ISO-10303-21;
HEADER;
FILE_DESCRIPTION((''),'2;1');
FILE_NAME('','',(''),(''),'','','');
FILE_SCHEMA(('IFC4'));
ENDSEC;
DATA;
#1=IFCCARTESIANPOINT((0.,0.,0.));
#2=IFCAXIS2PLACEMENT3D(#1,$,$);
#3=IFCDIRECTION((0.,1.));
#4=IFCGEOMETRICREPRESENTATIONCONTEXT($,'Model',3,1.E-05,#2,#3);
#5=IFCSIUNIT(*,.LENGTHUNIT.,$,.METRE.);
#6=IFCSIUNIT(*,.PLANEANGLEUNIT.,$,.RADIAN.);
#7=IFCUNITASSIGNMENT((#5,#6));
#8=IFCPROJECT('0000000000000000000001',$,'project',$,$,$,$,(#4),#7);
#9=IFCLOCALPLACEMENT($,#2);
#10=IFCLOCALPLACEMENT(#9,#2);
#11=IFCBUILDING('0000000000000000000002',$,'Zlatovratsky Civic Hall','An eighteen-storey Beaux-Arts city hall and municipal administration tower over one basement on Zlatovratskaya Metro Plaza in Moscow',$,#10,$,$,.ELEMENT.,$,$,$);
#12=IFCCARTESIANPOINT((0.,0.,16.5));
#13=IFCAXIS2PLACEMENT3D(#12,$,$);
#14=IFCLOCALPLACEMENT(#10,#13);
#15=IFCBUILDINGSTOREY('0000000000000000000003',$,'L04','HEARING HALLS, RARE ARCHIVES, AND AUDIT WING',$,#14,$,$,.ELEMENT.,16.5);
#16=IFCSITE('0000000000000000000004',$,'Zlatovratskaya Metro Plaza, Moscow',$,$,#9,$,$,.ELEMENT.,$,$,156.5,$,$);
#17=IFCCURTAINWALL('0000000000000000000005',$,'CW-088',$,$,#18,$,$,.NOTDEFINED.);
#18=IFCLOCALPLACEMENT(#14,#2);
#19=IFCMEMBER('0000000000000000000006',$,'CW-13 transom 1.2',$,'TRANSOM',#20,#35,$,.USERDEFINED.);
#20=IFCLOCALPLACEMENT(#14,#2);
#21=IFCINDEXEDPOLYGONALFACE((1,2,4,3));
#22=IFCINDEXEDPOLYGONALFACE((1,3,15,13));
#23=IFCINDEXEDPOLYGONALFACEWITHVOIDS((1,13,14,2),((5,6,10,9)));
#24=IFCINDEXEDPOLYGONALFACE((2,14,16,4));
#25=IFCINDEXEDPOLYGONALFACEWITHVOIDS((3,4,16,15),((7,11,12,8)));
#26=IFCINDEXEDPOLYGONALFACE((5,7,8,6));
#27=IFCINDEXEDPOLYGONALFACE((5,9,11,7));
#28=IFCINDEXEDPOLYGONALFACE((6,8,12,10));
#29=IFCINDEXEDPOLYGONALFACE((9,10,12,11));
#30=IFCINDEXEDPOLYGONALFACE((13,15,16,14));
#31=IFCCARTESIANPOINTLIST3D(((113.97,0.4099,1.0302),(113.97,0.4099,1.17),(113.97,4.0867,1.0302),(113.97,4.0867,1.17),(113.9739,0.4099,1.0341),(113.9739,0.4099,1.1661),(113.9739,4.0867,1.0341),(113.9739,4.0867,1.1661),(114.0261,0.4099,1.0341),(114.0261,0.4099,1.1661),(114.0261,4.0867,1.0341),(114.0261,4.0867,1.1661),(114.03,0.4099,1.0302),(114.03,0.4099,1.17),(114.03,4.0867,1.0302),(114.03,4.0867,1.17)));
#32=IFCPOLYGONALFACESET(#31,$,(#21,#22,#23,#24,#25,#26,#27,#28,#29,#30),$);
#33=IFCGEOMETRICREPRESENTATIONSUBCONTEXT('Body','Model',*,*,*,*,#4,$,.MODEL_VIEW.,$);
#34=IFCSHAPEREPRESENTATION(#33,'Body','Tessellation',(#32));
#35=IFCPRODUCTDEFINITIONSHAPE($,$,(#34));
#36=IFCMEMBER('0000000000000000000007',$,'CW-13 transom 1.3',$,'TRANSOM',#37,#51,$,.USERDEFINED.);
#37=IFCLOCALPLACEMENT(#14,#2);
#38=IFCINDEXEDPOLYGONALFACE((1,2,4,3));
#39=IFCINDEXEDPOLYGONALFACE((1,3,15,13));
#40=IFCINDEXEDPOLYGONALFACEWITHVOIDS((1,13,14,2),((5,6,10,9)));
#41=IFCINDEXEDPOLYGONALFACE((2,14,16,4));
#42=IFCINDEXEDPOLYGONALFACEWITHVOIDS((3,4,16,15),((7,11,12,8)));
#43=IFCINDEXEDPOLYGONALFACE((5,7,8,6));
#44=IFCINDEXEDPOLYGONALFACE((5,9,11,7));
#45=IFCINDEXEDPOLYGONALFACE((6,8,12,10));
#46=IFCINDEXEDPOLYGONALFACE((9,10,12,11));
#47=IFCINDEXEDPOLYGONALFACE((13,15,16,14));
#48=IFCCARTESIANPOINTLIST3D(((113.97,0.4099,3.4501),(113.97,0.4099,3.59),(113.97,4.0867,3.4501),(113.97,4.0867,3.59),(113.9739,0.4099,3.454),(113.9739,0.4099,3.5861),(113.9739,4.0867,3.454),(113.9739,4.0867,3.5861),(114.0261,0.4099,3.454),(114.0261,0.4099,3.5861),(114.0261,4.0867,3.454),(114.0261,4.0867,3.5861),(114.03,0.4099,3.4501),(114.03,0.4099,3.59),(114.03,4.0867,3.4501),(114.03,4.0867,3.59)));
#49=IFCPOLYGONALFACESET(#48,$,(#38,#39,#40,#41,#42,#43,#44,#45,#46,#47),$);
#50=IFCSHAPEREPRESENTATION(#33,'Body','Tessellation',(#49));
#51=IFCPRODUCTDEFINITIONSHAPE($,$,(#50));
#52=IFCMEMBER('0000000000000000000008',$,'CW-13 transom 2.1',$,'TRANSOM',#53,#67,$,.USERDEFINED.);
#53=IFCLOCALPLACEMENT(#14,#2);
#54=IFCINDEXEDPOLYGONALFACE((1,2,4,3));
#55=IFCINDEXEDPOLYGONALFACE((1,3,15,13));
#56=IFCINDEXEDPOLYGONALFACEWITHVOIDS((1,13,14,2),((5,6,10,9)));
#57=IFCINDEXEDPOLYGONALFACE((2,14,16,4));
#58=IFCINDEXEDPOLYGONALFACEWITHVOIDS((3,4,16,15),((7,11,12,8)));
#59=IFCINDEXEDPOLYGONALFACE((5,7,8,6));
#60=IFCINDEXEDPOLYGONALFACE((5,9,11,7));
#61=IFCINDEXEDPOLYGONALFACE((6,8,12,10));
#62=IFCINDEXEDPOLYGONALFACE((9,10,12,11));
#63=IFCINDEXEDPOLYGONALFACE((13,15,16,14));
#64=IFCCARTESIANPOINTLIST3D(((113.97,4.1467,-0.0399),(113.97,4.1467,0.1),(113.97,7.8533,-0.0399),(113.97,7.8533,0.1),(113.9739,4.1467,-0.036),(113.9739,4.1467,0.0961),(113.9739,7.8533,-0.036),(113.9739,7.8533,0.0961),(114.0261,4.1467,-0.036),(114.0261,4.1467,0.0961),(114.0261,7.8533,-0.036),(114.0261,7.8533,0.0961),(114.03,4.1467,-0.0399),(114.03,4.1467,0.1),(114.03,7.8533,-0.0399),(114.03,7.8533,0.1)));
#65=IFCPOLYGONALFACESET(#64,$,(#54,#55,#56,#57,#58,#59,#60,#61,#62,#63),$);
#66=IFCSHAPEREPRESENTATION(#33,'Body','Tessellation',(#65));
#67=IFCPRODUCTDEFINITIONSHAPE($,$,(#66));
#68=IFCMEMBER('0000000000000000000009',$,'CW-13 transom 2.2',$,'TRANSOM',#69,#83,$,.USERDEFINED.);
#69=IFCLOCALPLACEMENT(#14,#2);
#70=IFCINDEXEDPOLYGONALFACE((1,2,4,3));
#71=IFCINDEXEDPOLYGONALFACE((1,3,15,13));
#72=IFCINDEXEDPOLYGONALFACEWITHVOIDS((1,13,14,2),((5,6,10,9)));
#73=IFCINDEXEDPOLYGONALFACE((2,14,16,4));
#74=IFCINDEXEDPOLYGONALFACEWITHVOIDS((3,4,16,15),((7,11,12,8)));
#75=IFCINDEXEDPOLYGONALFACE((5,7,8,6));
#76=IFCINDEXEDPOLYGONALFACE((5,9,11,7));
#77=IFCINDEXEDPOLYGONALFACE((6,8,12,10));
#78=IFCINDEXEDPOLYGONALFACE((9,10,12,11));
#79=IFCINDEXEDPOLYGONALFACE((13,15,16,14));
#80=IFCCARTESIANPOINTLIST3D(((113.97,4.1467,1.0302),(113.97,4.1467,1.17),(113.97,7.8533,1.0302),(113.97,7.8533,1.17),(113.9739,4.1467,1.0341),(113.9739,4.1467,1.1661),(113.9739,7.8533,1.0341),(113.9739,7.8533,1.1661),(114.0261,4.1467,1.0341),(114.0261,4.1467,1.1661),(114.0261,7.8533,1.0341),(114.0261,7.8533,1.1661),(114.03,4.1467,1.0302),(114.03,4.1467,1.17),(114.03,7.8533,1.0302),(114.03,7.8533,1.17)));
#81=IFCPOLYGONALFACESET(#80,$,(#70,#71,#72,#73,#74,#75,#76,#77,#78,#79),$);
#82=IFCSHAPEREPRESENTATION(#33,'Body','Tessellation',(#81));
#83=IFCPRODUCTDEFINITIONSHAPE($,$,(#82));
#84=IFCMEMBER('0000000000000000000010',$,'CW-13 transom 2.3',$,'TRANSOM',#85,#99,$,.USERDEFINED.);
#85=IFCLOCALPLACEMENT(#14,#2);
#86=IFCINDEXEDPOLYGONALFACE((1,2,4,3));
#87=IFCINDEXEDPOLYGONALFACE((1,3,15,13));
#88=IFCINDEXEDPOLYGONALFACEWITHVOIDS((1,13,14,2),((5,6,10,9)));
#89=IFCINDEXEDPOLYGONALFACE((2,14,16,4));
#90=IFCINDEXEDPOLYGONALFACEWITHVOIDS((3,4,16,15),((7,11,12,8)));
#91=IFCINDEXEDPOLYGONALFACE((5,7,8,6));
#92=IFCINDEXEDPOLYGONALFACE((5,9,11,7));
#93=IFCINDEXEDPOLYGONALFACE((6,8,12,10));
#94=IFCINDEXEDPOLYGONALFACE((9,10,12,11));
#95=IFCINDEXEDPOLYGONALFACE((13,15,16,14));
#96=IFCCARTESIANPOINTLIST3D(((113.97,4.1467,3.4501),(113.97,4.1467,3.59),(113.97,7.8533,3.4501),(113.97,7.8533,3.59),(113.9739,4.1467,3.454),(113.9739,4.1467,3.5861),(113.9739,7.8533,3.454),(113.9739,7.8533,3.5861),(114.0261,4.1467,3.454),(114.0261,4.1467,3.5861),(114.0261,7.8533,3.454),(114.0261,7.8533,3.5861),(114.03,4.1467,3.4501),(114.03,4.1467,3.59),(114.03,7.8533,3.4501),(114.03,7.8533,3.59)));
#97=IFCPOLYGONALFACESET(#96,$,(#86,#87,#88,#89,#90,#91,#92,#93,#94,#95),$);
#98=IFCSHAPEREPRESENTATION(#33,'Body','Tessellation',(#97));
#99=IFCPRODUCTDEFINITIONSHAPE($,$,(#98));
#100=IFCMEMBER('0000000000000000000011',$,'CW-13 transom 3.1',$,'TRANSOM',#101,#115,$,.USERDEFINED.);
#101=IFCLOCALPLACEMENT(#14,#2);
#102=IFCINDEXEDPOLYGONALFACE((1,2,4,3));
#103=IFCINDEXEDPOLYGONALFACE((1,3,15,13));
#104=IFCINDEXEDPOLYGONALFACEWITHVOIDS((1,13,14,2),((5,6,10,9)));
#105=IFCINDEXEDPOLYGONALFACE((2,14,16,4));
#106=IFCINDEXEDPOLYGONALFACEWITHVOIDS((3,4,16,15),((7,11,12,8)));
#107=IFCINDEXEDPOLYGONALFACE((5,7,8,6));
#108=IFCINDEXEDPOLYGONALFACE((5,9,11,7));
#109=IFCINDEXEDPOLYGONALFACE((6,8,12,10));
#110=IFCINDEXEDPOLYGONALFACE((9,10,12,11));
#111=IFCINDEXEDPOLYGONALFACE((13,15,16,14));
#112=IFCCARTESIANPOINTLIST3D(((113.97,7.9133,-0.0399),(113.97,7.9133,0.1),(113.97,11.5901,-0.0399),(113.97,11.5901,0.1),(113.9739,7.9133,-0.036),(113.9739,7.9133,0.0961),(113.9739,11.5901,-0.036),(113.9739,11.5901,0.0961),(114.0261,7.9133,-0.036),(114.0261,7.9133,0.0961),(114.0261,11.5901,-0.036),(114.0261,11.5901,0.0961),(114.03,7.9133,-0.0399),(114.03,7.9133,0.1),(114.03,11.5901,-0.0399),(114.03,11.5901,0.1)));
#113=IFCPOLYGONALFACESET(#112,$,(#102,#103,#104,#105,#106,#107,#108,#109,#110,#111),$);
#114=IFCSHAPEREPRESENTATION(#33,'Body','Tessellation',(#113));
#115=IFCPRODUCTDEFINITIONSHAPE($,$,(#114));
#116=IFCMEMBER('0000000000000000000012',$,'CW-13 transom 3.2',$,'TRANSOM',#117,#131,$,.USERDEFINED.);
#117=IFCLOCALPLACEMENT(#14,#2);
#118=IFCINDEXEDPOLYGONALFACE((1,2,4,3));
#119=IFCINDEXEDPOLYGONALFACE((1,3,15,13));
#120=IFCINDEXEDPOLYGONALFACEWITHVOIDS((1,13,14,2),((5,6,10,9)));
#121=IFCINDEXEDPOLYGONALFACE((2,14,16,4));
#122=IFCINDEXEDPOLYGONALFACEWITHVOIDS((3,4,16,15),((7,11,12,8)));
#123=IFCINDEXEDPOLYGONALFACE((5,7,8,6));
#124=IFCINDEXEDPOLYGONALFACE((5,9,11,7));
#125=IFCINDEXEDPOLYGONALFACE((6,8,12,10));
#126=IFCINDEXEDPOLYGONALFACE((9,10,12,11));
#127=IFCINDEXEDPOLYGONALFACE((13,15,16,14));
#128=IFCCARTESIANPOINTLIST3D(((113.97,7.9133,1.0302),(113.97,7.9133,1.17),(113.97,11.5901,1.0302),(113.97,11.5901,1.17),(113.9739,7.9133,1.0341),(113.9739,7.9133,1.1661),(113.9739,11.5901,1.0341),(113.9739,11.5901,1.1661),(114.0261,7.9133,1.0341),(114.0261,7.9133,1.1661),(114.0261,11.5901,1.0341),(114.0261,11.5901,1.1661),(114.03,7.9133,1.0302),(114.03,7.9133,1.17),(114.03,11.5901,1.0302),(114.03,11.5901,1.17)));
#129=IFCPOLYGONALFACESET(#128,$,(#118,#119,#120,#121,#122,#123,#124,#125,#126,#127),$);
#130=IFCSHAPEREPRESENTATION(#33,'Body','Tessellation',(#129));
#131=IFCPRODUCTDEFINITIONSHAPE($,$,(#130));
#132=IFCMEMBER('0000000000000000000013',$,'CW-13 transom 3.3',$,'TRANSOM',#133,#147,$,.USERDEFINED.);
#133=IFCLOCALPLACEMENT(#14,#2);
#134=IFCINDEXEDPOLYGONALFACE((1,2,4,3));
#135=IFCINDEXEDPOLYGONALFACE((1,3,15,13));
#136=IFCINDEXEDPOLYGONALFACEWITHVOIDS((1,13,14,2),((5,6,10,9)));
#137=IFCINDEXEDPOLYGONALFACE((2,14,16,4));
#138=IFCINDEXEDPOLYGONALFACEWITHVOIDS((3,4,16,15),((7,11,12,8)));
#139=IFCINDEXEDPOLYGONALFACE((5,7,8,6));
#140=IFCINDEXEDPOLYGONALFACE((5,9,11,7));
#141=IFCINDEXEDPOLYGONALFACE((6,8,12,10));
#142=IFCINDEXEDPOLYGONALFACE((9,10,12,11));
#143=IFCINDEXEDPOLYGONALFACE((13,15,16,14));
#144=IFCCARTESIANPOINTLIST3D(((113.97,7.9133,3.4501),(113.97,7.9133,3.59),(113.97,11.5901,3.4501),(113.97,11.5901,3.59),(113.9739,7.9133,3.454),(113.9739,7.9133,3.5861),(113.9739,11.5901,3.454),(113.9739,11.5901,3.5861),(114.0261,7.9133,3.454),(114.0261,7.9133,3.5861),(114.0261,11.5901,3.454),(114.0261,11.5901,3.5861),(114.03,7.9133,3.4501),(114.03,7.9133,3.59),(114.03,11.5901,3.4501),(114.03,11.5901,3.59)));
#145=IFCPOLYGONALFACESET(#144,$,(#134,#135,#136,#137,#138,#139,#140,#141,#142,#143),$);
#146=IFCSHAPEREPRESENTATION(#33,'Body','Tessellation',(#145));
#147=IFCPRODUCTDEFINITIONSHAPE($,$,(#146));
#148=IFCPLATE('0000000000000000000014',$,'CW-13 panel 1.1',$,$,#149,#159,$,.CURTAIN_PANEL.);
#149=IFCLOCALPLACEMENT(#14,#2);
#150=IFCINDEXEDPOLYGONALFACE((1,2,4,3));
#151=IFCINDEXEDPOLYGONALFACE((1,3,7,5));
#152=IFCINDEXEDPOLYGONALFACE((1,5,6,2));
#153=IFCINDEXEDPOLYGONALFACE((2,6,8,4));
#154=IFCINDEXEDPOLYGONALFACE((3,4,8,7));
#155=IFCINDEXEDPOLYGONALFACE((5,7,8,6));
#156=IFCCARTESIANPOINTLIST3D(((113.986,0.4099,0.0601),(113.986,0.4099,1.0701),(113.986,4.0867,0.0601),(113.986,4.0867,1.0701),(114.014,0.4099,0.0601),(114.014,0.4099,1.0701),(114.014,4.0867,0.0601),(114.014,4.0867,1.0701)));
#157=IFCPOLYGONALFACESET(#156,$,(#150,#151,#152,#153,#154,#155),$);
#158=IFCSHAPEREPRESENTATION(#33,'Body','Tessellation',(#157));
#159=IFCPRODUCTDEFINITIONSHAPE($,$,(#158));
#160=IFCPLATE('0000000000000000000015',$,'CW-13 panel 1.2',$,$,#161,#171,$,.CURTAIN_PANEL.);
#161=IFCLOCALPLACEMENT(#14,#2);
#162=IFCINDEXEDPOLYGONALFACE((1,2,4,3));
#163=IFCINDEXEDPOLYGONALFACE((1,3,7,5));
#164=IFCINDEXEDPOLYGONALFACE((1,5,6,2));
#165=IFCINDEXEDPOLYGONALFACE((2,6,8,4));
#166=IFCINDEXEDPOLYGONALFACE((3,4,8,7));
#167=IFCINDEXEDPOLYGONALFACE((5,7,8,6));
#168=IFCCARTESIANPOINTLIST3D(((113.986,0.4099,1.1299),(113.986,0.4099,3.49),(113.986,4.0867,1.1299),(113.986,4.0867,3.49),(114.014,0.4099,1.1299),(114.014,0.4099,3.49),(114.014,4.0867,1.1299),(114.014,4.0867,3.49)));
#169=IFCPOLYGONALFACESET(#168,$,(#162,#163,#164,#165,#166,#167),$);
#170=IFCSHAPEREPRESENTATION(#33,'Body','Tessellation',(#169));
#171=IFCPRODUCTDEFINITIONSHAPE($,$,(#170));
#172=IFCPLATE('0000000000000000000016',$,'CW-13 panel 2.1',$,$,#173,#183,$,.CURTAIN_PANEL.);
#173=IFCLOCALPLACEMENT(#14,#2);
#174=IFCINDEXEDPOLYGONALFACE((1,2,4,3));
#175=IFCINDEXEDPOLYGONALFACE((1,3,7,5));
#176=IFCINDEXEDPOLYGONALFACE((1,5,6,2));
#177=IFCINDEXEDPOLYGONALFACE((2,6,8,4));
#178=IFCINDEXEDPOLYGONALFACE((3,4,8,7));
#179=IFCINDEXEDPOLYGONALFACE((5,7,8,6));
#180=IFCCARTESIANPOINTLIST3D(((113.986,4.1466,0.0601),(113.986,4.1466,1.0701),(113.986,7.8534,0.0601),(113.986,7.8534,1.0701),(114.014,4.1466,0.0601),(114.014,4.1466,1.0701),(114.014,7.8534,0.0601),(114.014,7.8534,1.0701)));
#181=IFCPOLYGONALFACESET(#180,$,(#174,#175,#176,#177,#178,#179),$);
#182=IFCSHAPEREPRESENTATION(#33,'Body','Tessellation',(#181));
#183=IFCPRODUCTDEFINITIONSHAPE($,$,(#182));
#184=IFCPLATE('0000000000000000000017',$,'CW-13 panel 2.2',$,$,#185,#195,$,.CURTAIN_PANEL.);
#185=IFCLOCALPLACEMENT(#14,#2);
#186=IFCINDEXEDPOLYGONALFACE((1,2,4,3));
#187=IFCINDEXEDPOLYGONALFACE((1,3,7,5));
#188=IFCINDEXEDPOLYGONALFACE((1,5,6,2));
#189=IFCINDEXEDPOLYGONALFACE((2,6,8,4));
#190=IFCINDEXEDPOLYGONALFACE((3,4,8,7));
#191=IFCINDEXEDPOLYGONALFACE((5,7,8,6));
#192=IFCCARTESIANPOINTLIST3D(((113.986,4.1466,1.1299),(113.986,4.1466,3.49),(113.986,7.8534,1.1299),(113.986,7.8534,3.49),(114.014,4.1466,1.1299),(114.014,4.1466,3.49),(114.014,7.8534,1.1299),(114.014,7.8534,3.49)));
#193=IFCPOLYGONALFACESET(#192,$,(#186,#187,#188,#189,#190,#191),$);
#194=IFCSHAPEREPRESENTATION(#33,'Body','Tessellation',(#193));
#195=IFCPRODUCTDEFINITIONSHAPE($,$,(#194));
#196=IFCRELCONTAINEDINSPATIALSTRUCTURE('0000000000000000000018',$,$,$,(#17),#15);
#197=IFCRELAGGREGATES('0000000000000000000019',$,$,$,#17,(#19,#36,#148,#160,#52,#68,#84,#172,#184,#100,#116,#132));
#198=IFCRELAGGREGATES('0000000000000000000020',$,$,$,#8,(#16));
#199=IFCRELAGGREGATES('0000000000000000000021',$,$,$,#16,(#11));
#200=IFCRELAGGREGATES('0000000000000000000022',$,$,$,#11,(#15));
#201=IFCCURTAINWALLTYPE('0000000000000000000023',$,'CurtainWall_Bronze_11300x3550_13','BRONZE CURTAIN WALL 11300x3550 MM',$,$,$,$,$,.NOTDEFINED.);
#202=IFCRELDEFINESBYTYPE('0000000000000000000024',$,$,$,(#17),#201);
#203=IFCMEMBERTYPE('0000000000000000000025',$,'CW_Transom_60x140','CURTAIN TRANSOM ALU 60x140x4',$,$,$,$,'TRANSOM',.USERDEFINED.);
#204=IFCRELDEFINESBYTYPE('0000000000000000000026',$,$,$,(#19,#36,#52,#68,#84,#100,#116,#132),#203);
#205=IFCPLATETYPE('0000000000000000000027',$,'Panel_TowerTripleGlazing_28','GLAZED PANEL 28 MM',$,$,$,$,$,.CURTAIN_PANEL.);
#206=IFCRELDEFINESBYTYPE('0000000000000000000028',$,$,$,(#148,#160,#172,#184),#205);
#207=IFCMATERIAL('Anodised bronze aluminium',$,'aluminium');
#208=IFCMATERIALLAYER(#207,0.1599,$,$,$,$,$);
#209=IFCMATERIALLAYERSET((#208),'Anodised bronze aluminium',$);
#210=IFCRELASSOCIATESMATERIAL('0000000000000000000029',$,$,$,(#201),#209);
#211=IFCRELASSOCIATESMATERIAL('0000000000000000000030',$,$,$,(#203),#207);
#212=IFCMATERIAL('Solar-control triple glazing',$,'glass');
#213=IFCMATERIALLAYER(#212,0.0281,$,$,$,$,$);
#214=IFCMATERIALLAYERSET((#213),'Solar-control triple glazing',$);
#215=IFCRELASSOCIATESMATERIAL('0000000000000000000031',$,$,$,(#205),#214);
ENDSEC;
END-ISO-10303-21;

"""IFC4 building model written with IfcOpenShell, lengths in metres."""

from ifc_helpers import new_model, si_unit, direction, frame, origin, origin_2d, place, context, subcontext, project, spatial, rectangle, hollow_rectangle, extrude, material, layer, layer_set, material_profile, profile_set, type_object, element, aggregate, save


model = new_model("IFC4")

# Units and contexts
model_context = context("Model", 3, precision=1e-05, world=origin(), true_north=direction((0.0, 1.0)))
body_context = subcontext(model_context, "Body", "Model", "MODEL_VIEW")
ifc_project = project(units=[si_unit("LENGTHUNIT", "METRE"), si_unit("PLANEANGLEUNIT", "RADIAN")], contexts=[model_context])

# Site, building, storey
site_placement = place(None, origin())
site = spatial("IfcSite", under=ifc_project, at=site_placement, Name="Zlatovratskaya Metro Plaza, Moscow", CompositionType="ELEMENT", RefElevation=156.5)
building_placement = place(site_placement, origin())
building = spatial("IfcBuilding", under=site, at=building_placement, Name="Zlatovratsky Civic Hall", Description="An eighteen-storey Beaux-Arts city hall and municipal administration tower over one basement on Zlatovratskaya Metro Plaza in Moscow", CompositionType="ELEMENT")
storey_placement = place(building_placement, frame((0.0, 0.0, 16.5)))
storey = spatial("IfcBuildingStorey", under=building, at=storey_placement, Name="L04", Description="HEARING HALLS, RARE ARCHIVES, AND AUDIT WING", CompositionType="ELEMENT", Elevation=16.5)

# Curtain wall, members, plates
ifc_material_1 = material(Name="Anodised bronze aluminium", Category="aluminium")
ifc_layer_1 = layer(ifc_material_1, 0.1599)
ifc_layer_set_1 = layer_set([ifc_layer_1], Name="Anodised bronze aluminium")
curtain_wall_type = type_object("IfcCurtainWallType", Name="CurtainWall_Bronze_11300x3550_13", Description="BRONZE CURTAIN WALL 11300x3550 MM", PredefinedType="NOTDEFINED", material=ifc_layer_set_1)
curtain_wall_placement = place(storey_placement, origin())
curtain_wall = element("IfcCurtainWall", 1, at=curtain_wall_placement, inside=storey, type_object=curtain_wall_type, Name="CW-088", PredefinedType="NOTDEFINED")
ifc_material_profile_1 = material_profile(ifc_material_1, hollow_rectangle(XDim=0.0601, YDim=0.1399, WallThickness=0.0039, at=origin_2d()), Name="ALU 60x140x4")
ifc_profile_set_1 = profile_set([ifc_material_profile_1], Name="Anodised bronze aluminium")
member_type_1 = type_object("IfcMemberType", Name="CW_Transom_60x140", Description="CURTAIN TRANSOM ALU 60x140x4", ElementType="TRANSOM", PredefinedType="USERDEFINED", material=ifc_profile_set_1)
member_1_placement = place(storey_placement, frame((114.0, 0.4099, 1.1001), z_axis=(0.0, 1.0, 0.0), x_axis=(-1.0, 0.0, 0.0)))
member_1 = element("IfcMember", 2, at=member_1_placement, type_object=member_type_1, Name="CW-13 transom 1.2", ObjectType="TRANSOM", PredefinedType="USERDEFINED", context=body_context, shape_type="SweptSolid", body=[
    extrude(hollow_rectangle(XDim=0.0601, YDim=0.1399, WallThickness=0.0039, at=origin_2d()), origin(), (0.0, 0.0, 1.0), 3.6768),
])
member_2_placement = place(storey_placement, frame((114.0, 0.4099, 3.52), z_axis=(0.0, 1.0, 0.0), x_axis=(-1.0, 0.0, 0.0)))
member_2 = element("IfcMember", 3, at=member_2_placement, type_object=member_type_1, Name="CW-13 transom 1.3", ObjectType="TRANSOM", PredefinedType="USERDEFINED", context=body_context, shape_type="SweptSolid", body=[
    extrude(hollow_rectangle(XDim=0.0601, YDim=0.1399, WallThickness=0.0039, at=origin_2d()), origin(), (0.0, 0.0, 1.0), 3.6768),
])
member_3_placement = place(storey_placement, frame((114.0, 4.1467, 0.03), z_axis=(0.0, 1.0, 0.0), x_axis=(-1.0, 0.0, 0.0)))
member_3 = element("IfcMember", 4, at=member_3_placement, type_object=member_type_1, Name="CW-13 transom 2.1", ObjectType="TRANSOM", PredefinedType="USERDEFINED", context=body_context, shape_type="SweptSolid", body=[
    extrude(hollow_rectangle(XDim=0.0601, YDim=0.1399, WallThickness=0.0039, at=origin_2d()), origin(), (0.0, 0.0, 1.0), 3.7065),
])
member_4_placement = place(storey_placement, frame((114.0, 4.1467, 1.1001), z_axis=(0.0, 1.0, 0.0), x_axis=(-1.0, 0.0, 0.0)))
member_4 = element("IfcMember", 5, at=member_4_placement, type_object=member_type_1, Name="CW-13 transom 2.2", ObjectType="TRANSOM", PredefinedType="USERDEFINED", context=body_context, shape_type="SweptSolid", body=[
    extrude(hollow_rectangle(XDim=0.0601, YDim=0.1399, WallThickness=0.0039, at=origin_2d()), origin(), (0.0, 0.0, 1.0), 3.7065),
])
member_5_placement = place(storey_placement, frame((114.0, 4.1467, 3.52), z_axis=(0.0, 1.0, 0.0), x_axis=(-1.0, 0.0, 0.0)))
member_5 = element("IfcMember", 6, at=member_5_placement, type_object=member_type_1, Name="CW-13 transom 2.3", ObjectType="TRANSOM", PredefinedType="USERDEFINED", context=body_context, shape_type="SweptSolid", body=[
    extrude(hollow_rectangle(XDim=0.0601, YDim=0.1399, WallThickness=0.0039, at=origin_2d()), origin(), (0.0, 0.0, 1.0), 3.7065),
])
member_6_placement = place(storey_placement, frame((114.0, 7.9133, 0.03), z_axis=(0.0, 1.0, 0.0), x_axis=(-1.0, 0.0, 0.0)))
member_6 = element("IfcMember", 7, at=member_6_placement, type_object=member_type_1, Name="CW-13 transom 3.1", ObjectType="TRANSOM", PredefinedType="USERDEFINED", context=body_context, shape_type="SweptSolid", body=[
    extrude(hollow_rectangle(XDim=0.0601, YDim=0.1399, WallThickness=0.0039, at=origin_2d()), origin(), (0.0, 0.0, 1.0), 3.6768),
])
member_7_placement = place(storey_placement, frame((114.0, 7.9133, 1.1001), z_axis=(0.0, 1.0, 0.0), x_axis=(-1.0, 0.0, 0.0)))
member_7 = element("IfcMember", 8, at=member_7_placement, type_object=member_type_1, Name="CW-13 transom 3.2", ObjectType="TRANSOM", PredefinedType="USERDEFINED", context=body_context, shape_type="SweptSolid", body=[
    extrude(hollow_rectangle(XDim=0.0601, YDim=0.1399, WallThickness=0.0039, at=origin_2d()), origin(), (0.0, 0.0, 1.0), 3.6768),
])
member_8_placement = place(storey_placement, frame((114.0, 7.9133, 3.52), z_axis=(0.0, 1.0, 0.0), x_axis=(-1.0, 0.0, 0.0)))
member_8 = element("IfcMember", 9, at=member_8_placement, type_object=member_type_1, Name="CW-13 transom 3.3", ObjectType="TRANSOM", PredefinedType="USERDEFINED", context=body_context, shape_type="SweptSolid", body=[
    extrude(hollow_rectangle(XDim=0.0601, YDim=0.1399, WallThickness=0.0039, at=origin_2d()), origin(), (0.0, 0.0, 1.0), 3.6768),
])
ifc_material_2 = material(Name="Solar-control triple glazing", Category="glass")
ifc_layer_2 = layer(ifc_material_2, 0.0281)
ifc_layer_set_2 = layer_set([ifc_layer_2], Name="Solar-control triple glazing")
plate_type = type_object("IfcPlateType", Name="Panel_TowerTripleGlazing_28", Description="GLAZED PANEL 28 MM", PredefinedType="CURTAIN_PANEL", material=ifc_layer_set_2)
plate_1_placement = place(storey_placement, frame((114.0, 2.2483, 0.0601), z_axis=(0.0, 0.0, 1.0), x_axis=(0.0, 1.0, 0.0)))
plate_1 = element("IfcPlate", 10, at=plate_1_placement, type_object=plate_type, Name="CW-13 panel 1.1", PredefinedType="CURTAIN_PANEL", context=body_context, shape_type="SweptSolid", body=[
    extrude(rectangle(XDim=3.6768, YDim=0.0281, at=origin_2d()), origin(), (0.0, 0.0, 1.0), 1.01),
])
plate_2_placement = place(storey_placement, frame((114.0, 2.2483, 1.1299), z_axis=(0.0, 0.0, 1.0), x_axis=(0.0, 1.0, 0.0)))
plate_2 = element("IfcPlate", 11, at=plate_2_placement, type_object=plate_type, Name="CW-13 panel 1.2", PredefinedType="CURTAIN_PANEL", context=body_context, shape_type="SweptSolid", body=[
    extrude(rectangle(XDim=3.6768, YDim=0.0281, at=origin_2d()), origin(), (0.0, 0.0, 1.0), 2.3601),
])
plate_3_placement = place(storey_placement, frame((114.0, 6.0, 0.0601), z_axis=(0.0, 0.0, 1.0), x_axis=(0.0, 1.0, 0.0)))
plate_3 = element("IfcPlate", 12, at=plate_3_placement, type_object=plate_type, Name="CW-13 panel 2.1", PredefinedType="CURTAIN_PANEL", context=body_context, shape_type="SweptSolid", body=[
    extrude(rectangle(XDim=3.7068, YDim=0.0281, at=origin_2d()), origin(), (0.0, 0.0, 1.0), 1.01),
])
plate_4_placement = place(storey_placement, frame((114.0, 6.0, 1.1299), z_axis=(0.0, 0.0, 1.0), x_axis=(0.0, 1.0, 0.0)))
plate_4 = element("IfcPlate", 13, at=plate_4_placement, type_object=plate_type, Name="CW-13 panel 2.2", PredefinedType="CURTAIN_PANEL", context=body_context, shape_type="SweptSolid", body=[
    extrude(rectangle(XDim=3.7068, YDim=0.0281, at=origin_2d()), origin(), (0.0, 0.0, 1.0), 2.3601),
])
aggregate(curtain_wall, [member_1, member_2, plate_1, plate_2, member_3, member_4, member_5, plate_3, plate_4, member_6, member_7, member_8])

save(model, "model.ifc")
